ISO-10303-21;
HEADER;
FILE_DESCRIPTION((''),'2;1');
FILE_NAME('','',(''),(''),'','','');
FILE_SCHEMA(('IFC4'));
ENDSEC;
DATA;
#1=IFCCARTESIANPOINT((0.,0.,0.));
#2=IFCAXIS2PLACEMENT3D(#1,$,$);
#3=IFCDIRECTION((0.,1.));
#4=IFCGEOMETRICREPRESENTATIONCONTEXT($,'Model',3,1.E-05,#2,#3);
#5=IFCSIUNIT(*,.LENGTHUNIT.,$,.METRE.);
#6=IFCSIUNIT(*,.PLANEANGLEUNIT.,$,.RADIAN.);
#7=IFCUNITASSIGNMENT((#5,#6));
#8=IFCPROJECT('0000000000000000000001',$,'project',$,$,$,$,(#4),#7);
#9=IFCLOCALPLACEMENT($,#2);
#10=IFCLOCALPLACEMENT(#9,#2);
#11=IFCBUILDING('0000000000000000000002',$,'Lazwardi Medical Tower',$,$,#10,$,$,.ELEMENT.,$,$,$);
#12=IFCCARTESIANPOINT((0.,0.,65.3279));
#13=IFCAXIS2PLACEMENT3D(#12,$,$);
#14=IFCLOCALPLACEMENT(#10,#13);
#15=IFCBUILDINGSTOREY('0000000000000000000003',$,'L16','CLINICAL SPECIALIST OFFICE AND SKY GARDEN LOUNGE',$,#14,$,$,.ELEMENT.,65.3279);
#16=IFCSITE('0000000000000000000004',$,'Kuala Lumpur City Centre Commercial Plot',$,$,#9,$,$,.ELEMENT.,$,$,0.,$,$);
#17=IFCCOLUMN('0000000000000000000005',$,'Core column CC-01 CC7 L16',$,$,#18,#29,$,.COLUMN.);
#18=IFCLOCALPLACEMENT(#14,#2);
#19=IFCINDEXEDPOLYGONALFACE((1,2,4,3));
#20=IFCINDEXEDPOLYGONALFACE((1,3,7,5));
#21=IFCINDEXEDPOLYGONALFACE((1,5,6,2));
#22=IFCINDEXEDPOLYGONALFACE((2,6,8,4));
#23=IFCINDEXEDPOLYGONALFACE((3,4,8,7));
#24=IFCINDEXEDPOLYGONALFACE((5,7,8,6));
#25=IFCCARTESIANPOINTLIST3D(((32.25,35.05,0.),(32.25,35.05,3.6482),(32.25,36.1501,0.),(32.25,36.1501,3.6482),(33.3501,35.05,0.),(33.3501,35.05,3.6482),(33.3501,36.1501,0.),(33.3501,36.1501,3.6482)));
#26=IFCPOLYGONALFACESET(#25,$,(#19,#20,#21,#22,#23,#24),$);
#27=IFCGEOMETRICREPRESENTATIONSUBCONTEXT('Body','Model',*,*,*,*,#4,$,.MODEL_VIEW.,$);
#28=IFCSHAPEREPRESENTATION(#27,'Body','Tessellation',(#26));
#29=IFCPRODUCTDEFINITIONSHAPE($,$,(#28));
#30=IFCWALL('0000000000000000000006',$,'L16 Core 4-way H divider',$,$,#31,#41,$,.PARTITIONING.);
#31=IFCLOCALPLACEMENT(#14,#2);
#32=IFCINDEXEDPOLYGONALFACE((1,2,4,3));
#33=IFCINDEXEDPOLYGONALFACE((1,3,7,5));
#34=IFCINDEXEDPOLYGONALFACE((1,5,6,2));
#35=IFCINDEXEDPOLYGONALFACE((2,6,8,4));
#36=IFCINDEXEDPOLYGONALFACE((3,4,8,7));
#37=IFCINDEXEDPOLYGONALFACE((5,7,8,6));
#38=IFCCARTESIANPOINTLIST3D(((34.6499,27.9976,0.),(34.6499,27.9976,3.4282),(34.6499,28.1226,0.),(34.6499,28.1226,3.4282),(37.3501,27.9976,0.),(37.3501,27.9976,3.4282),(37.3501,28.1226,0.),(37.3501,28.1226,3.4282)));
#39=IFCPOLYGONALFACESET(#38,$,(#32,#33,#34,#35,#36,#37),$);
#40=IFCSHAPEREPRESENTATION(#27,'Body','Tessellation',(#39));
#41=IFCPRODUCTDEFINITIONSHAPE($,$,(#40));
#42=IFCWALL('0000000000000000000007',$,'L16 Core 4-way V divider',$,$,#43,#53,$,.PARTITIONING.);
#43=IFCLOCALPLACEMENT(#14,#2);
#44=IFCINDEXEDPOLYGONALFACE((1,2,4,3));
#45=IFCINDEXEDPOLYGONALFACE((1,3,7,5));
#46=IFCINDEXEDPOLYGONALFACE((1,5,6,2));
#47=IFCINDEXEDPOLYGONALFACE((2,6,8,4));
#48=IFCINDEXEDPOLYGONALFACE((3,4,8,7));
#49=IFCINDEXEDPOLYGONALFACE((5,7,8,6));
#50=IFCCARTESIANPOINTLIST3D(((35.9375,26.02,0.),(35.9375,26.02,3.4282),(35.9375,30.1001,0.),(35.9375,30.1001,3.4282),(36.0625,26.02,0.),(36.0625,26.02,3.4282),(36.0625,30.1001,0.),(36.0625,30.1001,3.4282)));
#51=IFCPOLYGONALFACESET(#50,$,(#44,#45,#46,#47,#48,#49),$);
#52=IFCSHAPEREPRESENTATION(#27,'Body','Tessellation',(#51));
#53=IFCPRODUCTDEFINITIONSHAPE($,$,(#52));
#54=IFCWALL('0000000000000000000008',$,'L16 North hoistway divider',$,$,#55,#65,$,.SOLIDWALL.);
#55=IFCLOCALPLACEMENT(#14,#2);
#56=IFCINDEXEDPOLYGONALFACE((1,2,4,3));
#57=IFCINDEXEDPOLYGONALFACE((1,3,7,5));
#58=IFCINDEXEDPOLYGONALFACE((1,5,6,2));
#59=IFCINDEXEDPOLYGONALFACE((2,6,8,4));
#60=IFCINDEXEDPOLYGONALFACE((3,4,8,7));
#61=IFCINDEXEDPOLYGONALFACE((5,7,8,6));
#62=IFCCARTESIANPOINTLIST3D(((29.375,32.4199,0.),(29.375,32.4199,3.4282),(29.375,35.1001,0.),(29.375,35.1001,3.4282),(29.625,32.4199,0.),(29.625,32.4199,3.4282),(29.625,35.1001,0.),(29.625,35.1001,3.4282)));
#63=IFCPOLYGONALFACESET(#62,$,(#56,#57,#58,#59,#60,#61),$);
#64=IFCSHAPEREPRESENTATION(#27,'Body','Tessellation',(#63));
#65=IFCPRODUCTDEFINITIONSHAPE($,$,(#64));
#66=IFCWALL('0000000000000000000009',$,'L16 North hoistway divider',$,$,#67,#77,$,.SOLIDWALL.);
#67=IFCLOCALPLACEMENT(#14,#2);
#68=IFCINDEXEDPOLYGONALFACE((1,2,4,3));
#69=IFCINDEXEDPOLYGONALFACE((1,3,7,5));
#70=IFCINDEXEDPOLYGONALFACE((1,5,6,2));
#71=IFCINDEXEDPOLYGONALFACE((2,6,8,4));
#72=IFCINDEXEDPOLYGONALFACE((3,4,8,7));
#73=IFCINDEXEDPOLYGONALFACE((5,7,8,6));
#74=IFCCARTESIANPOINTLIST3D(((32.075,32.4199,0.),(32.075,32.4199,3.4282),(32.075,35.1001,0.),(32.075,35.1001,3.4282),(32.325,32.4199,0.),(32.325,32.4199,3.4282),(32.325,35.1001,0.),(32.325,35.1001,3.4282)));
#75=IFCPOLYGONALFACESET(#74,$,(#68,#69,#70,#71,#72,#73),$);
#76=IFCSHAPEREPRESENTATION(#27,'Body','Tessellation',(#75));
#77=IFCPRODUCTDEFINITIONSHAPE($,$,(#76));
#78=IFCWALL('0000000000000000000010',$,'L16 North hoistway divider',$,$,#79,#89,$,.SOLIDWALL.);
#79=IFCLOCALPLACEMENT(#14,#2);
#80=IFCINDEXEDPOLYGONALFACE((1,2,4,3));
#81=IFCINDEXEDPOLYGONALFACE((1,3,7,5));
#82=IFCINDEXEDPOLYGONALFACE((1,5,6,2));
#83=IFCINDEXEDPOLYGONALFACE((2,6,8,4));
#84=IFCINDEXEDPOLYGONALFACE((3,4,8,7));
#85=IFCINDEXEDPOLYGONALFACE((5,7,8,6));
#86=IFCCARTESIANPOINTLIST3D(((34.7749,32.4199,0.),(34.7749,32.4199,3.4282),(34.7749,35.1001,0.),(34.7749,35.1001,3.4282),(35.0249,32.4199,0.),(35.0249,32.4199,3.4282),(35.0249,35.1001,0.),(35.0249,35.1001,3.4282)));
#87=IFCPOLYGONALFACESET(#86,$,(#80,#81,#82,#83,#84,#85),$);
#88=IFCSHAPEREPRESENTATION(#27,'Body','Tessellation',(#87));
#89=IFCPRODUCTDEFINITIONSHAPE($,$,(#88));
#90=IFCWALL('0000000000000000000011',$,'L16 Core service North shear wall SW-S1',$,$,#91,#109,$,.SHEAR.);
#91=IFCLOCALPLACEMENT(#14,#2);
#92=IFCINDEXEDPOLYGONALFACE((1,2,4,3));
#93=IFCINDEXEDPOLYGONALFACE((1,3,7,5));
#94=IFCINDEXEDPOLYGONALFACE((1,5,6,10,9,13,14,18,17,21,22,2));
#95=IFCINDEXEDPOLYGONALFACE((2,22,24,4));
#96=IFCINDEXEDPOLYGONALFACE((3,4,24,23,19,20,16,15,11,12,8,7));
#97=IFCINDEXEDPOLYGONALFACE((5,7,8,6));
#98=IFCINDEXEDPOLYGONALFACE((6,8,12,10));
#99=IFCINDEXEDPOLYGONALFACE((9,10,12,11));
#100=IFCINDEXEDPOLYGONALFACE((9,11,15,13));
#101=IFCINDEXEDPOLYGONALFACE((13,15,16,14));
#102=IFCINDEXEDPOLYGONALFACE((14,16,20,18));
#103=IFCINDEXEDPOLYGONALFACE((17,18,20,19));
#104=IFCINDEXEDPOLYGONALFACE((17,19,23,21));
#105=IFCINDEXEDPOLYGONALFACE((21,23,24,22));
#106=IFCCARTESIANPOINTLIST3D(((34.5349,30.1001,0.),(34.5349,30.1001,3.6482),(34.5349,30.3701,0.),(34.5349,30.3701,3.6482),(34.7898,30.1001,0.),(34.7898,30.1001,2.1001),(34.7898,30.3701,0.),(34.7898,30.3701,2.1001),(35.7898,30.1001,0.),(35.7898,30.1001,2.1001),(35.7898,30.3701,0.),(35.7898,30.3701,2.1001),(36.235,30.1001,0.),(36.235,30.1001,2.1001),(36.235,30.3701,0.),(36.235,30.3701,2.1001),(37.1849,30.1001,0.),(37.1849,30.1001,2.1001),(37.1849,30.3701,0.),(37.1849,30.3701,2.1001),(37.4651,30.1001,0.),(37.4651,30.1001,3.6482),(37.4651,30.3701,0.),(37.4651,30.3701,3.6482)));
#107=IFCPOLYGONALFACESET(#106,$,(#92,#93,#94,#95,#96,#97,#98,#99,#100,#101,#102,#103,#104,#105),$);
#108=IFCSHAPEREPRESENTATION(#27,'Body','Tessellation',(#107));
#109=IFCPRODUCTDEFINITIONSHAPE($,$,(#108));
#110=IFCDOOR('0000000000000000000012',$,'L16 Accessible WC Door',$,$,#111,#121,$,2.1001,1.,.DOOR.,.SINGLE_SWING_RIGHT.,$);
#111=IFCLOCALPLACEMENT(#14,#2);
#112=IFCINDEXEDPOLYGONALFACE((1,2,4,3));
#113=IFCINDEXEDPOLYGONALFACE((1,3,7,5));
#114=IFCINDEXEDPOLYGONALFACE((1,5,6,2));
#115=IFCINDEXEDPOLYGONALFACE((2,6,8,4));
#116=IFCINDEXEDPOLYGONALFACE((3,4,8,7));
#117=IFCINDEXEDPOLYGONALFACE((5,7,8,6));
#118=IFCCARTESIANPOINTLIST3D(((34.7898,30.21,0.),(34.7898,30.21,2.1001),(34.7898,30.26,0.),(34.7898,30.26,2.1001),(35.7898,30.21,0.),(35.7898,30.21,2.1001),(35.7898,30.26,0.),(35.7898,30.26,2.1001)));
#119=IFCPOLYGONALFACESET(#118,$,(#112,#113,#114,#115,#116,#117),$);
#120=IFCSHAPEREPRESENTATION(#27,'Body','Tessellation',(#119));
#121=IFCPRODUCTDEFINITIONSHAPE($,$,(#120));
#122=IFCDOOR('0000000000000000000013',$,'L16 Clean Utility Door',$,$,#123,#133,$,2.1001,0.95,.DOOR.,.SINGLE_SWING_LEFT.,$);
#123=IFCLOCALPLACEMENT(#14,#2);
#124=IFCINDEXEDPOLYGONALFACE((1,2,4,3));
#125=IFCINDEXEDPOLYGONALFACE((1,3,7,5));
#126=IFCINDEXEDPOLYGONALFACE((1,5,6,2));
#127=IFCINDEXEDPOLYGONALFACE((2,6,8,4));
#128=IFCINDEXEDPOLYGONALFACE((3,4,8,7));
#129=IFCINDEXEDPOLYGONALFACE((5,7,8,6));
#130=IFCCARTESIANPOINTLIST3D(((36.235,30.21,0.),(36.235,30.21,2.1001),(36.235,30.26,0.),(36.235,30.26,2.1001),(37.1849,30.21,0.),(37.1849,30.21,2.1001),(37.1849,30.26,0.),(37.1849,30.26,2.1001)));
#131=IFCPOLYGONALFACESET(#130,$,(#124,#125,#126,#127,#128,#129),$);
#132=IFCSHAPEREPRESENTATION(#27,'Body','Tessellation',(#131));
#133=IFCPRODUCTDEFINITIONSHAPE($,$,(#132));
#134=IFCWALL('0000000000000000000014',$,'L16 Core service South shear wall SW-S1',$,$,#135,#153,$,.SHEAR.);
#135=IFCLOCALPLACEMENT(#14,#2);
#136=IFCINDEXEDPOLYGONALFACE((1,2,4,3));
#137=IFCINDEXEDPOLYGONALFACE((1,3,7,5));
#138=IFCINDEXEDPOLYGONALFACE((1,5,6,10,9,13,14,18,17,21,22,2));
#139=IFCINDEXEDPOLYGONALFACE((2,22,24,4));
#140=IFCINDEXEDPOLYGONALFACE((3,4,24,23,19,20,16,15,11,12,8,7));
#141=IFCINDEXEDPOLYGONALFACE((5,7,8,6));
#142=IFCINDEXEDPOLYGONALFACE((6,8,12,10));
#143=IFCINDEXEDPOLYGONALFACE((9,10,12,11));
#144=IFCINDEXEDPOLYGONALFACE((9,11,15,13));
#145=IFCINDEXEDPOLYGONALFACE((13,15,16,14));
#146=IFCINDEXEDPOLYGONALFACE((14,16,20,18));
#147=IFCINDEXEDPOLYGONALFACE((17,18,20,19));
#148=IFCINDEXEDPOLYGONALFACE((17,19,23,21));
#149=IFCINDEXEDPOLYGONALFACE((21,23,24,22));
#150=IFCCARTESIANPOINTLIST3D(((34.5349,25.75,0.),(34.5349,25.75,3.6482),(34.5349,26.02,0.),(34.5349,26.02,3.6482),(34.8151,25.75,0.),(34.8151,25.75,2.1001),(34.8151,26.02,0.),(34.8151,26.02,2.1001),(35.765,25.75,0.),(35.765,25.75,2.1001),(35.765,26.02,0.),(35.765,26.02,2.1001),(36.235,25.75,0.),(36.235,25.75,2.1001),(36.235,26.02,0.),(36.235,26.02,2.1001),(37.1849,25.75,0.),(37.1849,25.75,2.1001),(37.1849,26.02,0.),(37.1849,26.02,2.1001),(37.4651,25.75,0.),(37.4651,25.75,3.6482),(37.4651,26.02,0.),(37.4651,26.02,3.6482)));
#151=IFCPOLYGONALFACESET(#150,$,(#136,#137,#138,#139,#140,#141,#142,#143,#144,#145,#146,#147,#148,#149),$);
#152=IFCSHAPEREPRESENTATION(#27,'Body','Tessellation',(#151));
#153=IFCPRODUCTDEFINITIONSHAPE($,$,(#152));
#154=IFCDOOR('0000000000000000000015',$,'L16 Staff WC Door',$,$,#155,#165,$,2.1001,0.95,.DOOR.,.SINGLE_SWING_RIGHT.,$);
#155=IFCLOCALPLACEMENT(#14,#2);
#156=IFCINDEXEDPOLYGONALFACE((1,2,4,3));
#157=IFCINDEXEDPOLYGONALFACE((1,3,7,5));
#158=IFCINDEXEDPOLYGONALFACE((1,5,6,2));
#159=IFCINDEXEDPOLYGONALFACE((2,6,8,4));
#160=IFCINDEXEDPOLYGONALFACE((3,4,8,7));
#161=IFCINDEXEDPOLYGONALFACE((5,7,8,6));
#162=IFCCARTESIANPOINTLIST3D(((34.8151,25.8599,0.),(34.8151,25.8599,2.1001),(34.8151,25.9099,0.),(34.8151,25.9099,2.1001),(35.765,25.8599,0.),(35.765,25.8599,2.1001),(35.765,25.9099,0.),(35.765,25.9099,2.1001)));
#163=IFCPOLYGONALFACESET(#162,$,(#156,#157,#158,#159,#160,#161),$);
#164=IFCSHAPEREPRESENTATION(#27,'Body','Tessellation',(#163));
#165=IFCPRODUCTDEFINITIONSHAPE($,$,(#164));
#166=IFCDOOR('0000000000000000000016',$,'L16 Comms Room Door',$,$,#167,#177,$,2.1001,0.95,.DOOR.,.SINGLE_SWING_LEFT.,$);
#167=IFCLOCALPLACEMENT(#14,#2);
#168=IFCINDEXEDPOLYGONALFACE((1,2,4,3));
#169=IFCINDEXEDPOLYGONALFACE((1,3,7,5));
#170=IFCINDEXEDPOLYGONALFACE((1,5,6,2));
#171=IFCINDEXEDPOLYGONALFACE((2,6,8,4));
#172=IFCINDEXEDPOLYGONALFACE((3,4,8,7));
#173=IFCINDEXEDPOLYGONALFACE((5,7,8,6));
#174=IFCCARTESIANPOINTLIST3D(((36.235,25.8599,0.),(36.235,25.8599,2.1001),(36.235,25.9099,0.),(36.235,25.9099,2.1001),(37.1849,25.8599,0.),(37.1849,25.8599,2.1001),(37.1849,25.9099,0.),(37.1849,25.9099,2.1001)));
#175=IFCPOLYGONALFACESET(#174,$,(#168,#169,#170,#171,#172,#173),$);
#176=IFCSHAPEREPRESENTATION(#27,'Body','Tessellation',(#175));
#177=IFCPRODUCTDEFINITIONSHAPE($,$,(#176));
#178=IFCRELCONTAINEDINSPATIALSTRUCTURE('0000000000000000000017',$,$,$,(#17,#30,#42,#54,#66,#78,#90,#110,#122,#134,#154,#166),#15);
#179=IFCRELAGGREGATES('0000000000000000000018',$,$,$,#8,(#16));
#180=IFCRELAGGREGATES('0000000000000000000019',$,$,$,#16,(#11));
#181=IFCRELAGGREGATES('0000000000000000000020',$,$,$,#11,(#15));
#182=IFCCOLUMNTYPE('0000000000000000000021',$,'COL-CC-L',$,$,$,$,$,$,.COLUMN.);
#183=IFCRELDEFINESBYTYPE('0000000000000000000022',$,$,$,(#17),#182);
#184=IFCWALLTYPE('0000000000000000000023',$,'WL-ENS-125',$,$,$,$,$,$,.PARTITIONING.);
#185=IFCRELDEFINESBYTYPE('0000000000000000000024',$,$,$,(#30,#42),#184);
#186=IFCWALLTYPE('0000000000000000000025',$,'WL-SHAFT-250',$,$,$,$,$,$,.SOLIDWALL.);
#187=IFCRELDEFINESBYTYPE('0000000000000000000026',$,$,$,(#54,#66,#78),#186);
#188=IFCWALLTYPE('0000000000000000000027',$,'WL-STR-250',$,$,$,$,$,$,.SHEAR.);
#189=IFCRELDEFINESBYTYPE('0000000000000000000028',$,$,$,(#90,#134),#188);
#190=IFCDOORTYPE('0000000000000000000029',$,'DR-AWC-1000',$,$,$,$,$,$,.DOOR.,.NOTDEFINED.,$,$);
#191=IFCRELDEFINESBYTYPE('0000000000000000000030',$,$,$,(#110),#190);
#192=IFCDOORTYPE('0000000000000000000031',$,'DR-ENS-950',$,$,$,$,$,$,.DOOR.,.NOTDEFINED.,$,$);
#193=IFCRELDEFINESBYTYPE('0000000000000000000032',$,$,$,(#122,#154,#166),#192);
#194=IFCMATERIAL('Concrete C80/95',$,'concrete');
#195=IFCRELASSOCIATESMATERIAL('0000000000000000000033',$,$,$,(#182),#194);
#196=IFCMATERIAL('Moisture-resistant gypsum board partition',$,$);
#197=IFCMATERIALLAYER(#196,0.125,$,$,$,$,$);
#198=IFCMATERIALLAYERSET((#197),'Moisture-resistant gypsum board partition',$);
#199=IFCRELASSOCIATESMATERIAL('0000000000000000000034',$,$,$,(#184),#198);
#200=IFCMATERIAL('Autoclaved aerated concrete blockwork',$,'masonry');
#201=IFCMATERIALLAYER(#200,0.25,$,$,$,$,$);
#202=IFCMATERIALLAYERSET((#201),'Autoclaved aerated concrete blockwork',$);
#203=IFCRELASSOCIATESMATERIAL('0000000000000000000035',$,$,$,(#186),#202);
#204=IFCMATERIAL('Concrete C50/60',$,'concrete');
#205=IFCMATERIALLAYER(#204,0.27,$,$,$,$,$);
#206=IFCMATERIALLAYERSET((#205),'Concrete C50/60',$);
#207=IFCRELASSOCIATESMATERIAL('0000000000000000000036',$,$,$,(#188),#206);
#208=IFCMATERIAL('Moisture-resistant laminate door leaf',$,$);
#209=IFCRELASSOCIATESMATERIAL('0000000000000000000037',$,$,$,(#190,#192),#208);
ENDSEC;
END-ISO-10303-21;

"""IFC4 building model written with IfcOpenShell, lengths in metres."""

from ifc_helpers import new_model, si_unit, direction, frame, frame_2d, origin, origin_2d, place, context, subcontext, project, spatial, rectangle, extrude, material, layer, layer_set, material_profile, profile_set, type_object, element, fill, save


model = new_model("IFC4")

# Units and contexts
model_context = context("Model", 3, precision=1e-05, world=origin(), true_north=direction((0.0, 1.0)))
body_context = subcontext(model_context, "Body", "Model", "MODEL_VIEW")
ifc_project = project(units=[si_unit("LENGTHUNIT", "METRE"), si_unit("PLANEANGLEUNIT", "RADIAN")], contexts=[model_context])

# Site, building, storey
site_placement = place(None, origin())
site = spatial("IfcSite", under=ifc_project, at=site_placement, Name="Kuala Lumpur City Centre Commercial Plot", CompositionType="ELEMENT", RefElevation=0.0)
building_placement = place(site_placement, origin())
building = spatial("IfcBuilding", under=site, at=building_placement, Name="Lazwardi Medical Tower", CompositionType="ELEMENT")
storey_placement = place(building_placement, frame((0.0, 0.0, 65.3279)))
storey = spatial("IfcBuildingStorey", under=building, at=storey_placement, Name="L16", Description="CLINICAL SPECIALIST OFFICE AND SKY GARDEN LOUNGE", CompositionType="ELEMENT", Elevation=65.3279)

# Column
ifc_material_1 = material(Name="Concrete C80/95", Category="concrete")
ifc_material_profile = material_profile(ifc_material_1, rectangle(XDim=1.1001, YDim=1.1001, at=origin_2d()), Name="RC 1100x1100")
ifc_profile_set = profile_set([ifc_material_profile], Name="Concrete C80/95")
column_type = type_object("IfcColumnType", Name="COL-CC-L", PredefinedType="COLUMN", material=ifc_profile_set)
column_placement = place(storey_placement, frame((32.8, 35.6001, 0.0), z_axis=(0.0, 0.0, 1.0), x_axis=(1.0, 0.0, 0.0)))
element("IfcColumn", 1, at=column_placement, inside=storey, type_object=column_type, Name="Core column CC-01 CC7 L16", PredefinedType="COLUMN", context=body_context, shape_type="SweptSolid", body=[
    extrude(rectangle(XDim=1.1001, YDim=1.1001, at=origin_2d()), origin(), (0.0, 0.0, 1.0), 3.6482),
])

# Walls
ifc_material_2 = material(Name="Moisture-resistant gypsum board partition")
ifc_layer_1 = layer(ifc_material_2, 0.125)
ifc_layer_set_1 = layer_set([ifc_layer_1], Name="Moisture-resistant gypsum board partition")
wall_type_1 = type_object("IfcWallType", Name="WL-ENS-125", PredefinedType="PARTITIONING", material=ifc_layer_set_1)
wall_1_placement = place(storey_placement, frame((34.6499, 28.0601, 0.0), z_axis=(0.0, 0.0, 1.0), x_axis=(1.0, 0.0, 0.0)))
element("IfcWall", 2, at=wall_1_placement, inside=storey, type_object=wall_type_1, Name="L16 Core 4-way H divider", PredefinedType="PARTITIONING", context=body_context, shape_type="SweptSolid", body=[
    extrude(rectangle(XDim=2.7002, YDim=0.125, at=frame_2d((1.3501, 0.0))), origin(), (0.0, 0.0, 1.0), 3.4282),
])
wall_2_placement = place(storey_placement, frame((36.0, 26.02, 0.0), z_axis=(0.0, 0.0, 1.0), x_axis=(0.0, 1.0, 0.0)))
element("IfcWall", 3, at=wall_2_placement, inside=storey, type_object=wall_type_1, Name="L16 Core 4-way V divider", PredefinedType="PARTITIONING", context=body_context, shape_type="SweptSolid", body=[
    extrude(rectangle(XDim=4.0801, YDim=0.125, at=frame_2d((2.04, 0.0))), origin(), (0.0, 0.0, 1.0), 3.4282),
])
ifc_material_3 = material(Name="Autoclaved aerated concrete blockwork", Category="masonry")
ifc_layer_2 = layer(ifc_material_3, 0.25)
ifc_layer_set_2 = layer_set([ifc_layer_2], Name="Autoclaved aerated concrete blockwork")
wall_type_2 = type_object("IfcWallType", Name="WL-SHAFT-250", PredefinedType="SOLIDWALL", material=ifc_layer_set_2)
for number, where, z_axis, x_axis, name in (
    (4, (29.5, 32.4199, 0.0), (0.0, 0.0, 1.0), (0.0, 1.0, 0.0), "L16 North hoistway divider"),
    (5, (32.2, 32.4199, 0.0), (0.0, 0.0, 1.0), (0.0, 1.0, 0.0), "L16 North hoistway divider"),
    (6, (34.8999, 32.4199, 0.0), (0.0, 0.0, 1.0), (0.0, 1.0, 0.0), "L16 North hoistway divider"),
):
    element("IfcWall", number, at=place(storey_placement, frame(where, z_axis=z_axis, x_axis=x_axis)), inside=storey, type_object=wall_type_2, Name=name, PredefinedType="SOLIDWALL", context=body_context, shape_type="SweptSolid", body=[
        extrude(rectangle(XDim=2.6802, YDim=0.25, at=frame_2d((1.3401, 0.0))), origin(), (0.0, 0.0, 1.0), 3.4282),
    ])

# Walls, openings, doors
ifc_material_4 = material(Name="Concrete C50/60", Category="concrete")
ifc_layer_3 = layer(ifc_material_4, 0.27)
ifc_layer_set_3 = layer_set([ifc_layer_3], Name="Concrete C50/60")
wall_type_3 = type_object("IfcWallType", Name="WL-STR-250", PredefinedType="SHEAR", material=ifc_layer_set_3)
wall_3_placement = place(storey_placement, frame((34.5349, 30.2351, 0.0), z_axis=(0.0, 0.0, 1.0), x_axis=(1.0, 0.0, 0.0)))
wall_3 = element("IfcWall", 7, at=wall_3_placement, inside=storey, type_object=wall_type_3, Name="L16 Core service North shear wall SW-S1", PredefinedType="SHEAR", context=body_context, shape_type="SweptSolid", body=[
    extrude(rectangle(XDim=2.9302, YDim=0.27, at=frame_2d((1.4651, 0.0))), origin(), (0.0, 0.0, 1.0), 3.6482),
])
opening_1_placement = place(wall_3_placement, frame((0.2549, 0.0, 0.0)))
opening_1 = element("IfcOpeningElement", 8, at=opening_1_placement, cuts=wall_3, PredefinedType="OPENING", context=body_context, shape_type="SweptSolid", body=[
    extrude(rectangle(XDim=1.0, YDim=2.1001, at=frame_2d((0.5, 1.05))), frame((0.0, 0.145, 0.0), z_axis=(0.0, -1.0, 0.0), x_axis=(1.0, 0.0, 0.0)), (0.0, 0.0, 1.0), 0.29),
])
opening_2_placement = place(wall_3_placement, frame((1.7, 0.0, 0.0)))
opening_2 = element("IfcOpeningElement", 9, at=opening_2_placement, cuts=wall_3, PredefinedType="OPENING", context=body_context, shape_type="SweptSolid", body=[
    extrude(rectangle(XDim=0.95, YDim=2.1001, at=frame_2d((0.4751, 1.05))), frame((0.0, 0.145, 0.0), z_axis=(0.0, -1.0, 0.0), x_axis=(1.0, 0.0, 0.0)), (0.0, 0.0, 1.0), 0.29),
])
ifc_material_5 = material(Name="Moisture-resistant laminate door leaf")
door_type_1 = type_object("IfcDoorType", Name="DR-AWC-1000", OperationType="NOTDEFINED", PredefinedType="DOOR", material=ifc_material_5)
door_1_placement = place(opening_1_placement, origin())
door_1 = element("IfcDoor", 10, at=door_1_placement, inside=storey, type_object=door_type_1, Name="L16 Accessible WC Door", OperationType="SINGLE_SWING_RIGHT", OverallHeight=2.1001, OverallWidth=1.0, PredefinedType="DOOR", context=body_context, shape_type="SweptSolid", body=[
    extrude(rectangle(XDim=1.0, YDim=2.1001, at=frame_2d((0.5, 1.05))), frame((0.0, 0.0249, 0.0), z_axis=(0.0, -1.0, 0.0), x_axis=(1.0, 0.0, 0.0)), (0.0, 0.0, 1.0), 0.05),
])
fill(opening_1, door_1)
door_type_2 = type_object("IfcDoorType", Name="DR-ENS-950", OperationType="NOTDEFINED", PredefinedType="DOOR", material=ifc_material_5)
door_2_placement = place(opening_2_placement, origin())
door_2 = element("IfcDoor", 11, at=door_2_placement, inside=storey, type_object=door_type_2, Name="L16 Clean Utility Door", OperationType="SINGLE_SWING_LEFT", OverallHeight=2.1001, OverallWidth=0.95, PredefinedType="DOOR", context=body_context, shape_type="SweptSolid", body=[
    extrude(rectangle(XDim=0.95, YDim=2.1001, at=frame_2d((0.4751, 1.05))), frame((0.0, 0.0249, 0.0), z_axis=(0.0, -1.0, 0.0), x_axis=(1.0, 0.0, 0.0)), (0.0, 0.0, 1.0), 0.05),
])
fill(opening_2, door_2)
wall_4_placement = place(storey_placement, frame((34.5349, 25.885, 0.0), z_axis=(0.0, 0.0, 1.0), x_axis=(1.0, 0.0, 0.0)))
wall_4 = element("IfcWall", 12, at=wall_4_placement, inside=storey, type_object=wall_type_3, Name="L16 Core service South shear wall SW-S1", PredefinedType="SHEAR", context=body_context, shape_type="SweptSolid", body=[
    extrude(rectangle(XDim=2.9302, YDim=0.27, at=frame_2d((1.4651, 0.0))), origin(), (0.0, 0.0, 1.0), 3.6482),
])
opening_3_placement = place(wall_4_placement, frame((0.28, 0.0, 0.0)))
opening_3 = element("IfcOpeningElement", 13, at=opening_3_placement, cuts=wall_4, PredefinedType="OPENING", context=body_context, shape_type="SweptSolid", body=[
    extrude(rectangle(XDim=0.95, YDim=2.1001, at=frame_2d((0.4751, 1.05))), frame((0.0, 0.145, 0.0), z_axis=(0.0, -1.0, 0.0), x_axis=(1.0, 0.0, 0.0)), (0.0, 0.0, 1.0), 0.29),
])
opening_4_placement = place(wall_4_placement, frame((1.7, 0.0, 0.0)))
opening_4 = element("IfcOpeningElement", 14, at=opening_4_placement, cuts=wall_4, PredefinedType="OPENING", context=body_context, shape_type="SweptSolid", body=[
    extrude(rectangle(XDim=0.95, YDim=2.1001, at=frame_2d((0.4751, 1.05))), frame((0.0, 0.145, 0.0), z_axis=(0.0, -1.0, 0.0), x_axis=(1.0, 0.0, 0.0)), (0.0, 0.0, 1.0), 0.29),
])
door_3_placement = place(opening_3_placement, origin())
door_3 = element("IfcDoor", 15, at=door_3_placement, inside=storey, type_object=door_type_2, Name="L16 Staff WC Door", OperationType="SINGLE_SWING_RIGHT", OverallHeight=2.1001, OverallWidth=0.95, PredefinedType="DOOR", context=body_context, shape_type="SweptSolid", body=[
    extrude(rectangle(XDim=0.95, YDim=2.1001, at=frame_2d((0.4751, 1.05))), frame((0.0, 0.0249, 0.0), z_axis=(0.0, -1.0, 0.0), x_axis=(1.0, 0.0, 0.0)), (0.0, 0.0, 1.0), 0.05),
])
fill(opening_3, door_3)
door_4_placement = place(opening_4_placement, origin())
door_4 = element("IfcDoor", 16, at=door_4_placement, inside=storey, type_object=door_type_2, Name="L16 Comms Room Door", OperationType="SINGLE_SWING_LEFT", OverallHeight=2.1001, OverallWidth=0.95, PredefinedType="DOOR", context=body_context, shape_type="SweptSolid", body=[
    extrude(rectangle(XDim=0.95, YDim=2.1001, at=frame_2d((0.4751, 1.05))), frame((0.0, 0.0249, 0.0), z_axis=(0.0, -1.0, 0.0), x_axis=(1.0, 0.0, 0.0)), (0.0, 0.0, 1.0), 0.05),
])
fill(opening_4, door_4)

save(model, "model.ifc")
